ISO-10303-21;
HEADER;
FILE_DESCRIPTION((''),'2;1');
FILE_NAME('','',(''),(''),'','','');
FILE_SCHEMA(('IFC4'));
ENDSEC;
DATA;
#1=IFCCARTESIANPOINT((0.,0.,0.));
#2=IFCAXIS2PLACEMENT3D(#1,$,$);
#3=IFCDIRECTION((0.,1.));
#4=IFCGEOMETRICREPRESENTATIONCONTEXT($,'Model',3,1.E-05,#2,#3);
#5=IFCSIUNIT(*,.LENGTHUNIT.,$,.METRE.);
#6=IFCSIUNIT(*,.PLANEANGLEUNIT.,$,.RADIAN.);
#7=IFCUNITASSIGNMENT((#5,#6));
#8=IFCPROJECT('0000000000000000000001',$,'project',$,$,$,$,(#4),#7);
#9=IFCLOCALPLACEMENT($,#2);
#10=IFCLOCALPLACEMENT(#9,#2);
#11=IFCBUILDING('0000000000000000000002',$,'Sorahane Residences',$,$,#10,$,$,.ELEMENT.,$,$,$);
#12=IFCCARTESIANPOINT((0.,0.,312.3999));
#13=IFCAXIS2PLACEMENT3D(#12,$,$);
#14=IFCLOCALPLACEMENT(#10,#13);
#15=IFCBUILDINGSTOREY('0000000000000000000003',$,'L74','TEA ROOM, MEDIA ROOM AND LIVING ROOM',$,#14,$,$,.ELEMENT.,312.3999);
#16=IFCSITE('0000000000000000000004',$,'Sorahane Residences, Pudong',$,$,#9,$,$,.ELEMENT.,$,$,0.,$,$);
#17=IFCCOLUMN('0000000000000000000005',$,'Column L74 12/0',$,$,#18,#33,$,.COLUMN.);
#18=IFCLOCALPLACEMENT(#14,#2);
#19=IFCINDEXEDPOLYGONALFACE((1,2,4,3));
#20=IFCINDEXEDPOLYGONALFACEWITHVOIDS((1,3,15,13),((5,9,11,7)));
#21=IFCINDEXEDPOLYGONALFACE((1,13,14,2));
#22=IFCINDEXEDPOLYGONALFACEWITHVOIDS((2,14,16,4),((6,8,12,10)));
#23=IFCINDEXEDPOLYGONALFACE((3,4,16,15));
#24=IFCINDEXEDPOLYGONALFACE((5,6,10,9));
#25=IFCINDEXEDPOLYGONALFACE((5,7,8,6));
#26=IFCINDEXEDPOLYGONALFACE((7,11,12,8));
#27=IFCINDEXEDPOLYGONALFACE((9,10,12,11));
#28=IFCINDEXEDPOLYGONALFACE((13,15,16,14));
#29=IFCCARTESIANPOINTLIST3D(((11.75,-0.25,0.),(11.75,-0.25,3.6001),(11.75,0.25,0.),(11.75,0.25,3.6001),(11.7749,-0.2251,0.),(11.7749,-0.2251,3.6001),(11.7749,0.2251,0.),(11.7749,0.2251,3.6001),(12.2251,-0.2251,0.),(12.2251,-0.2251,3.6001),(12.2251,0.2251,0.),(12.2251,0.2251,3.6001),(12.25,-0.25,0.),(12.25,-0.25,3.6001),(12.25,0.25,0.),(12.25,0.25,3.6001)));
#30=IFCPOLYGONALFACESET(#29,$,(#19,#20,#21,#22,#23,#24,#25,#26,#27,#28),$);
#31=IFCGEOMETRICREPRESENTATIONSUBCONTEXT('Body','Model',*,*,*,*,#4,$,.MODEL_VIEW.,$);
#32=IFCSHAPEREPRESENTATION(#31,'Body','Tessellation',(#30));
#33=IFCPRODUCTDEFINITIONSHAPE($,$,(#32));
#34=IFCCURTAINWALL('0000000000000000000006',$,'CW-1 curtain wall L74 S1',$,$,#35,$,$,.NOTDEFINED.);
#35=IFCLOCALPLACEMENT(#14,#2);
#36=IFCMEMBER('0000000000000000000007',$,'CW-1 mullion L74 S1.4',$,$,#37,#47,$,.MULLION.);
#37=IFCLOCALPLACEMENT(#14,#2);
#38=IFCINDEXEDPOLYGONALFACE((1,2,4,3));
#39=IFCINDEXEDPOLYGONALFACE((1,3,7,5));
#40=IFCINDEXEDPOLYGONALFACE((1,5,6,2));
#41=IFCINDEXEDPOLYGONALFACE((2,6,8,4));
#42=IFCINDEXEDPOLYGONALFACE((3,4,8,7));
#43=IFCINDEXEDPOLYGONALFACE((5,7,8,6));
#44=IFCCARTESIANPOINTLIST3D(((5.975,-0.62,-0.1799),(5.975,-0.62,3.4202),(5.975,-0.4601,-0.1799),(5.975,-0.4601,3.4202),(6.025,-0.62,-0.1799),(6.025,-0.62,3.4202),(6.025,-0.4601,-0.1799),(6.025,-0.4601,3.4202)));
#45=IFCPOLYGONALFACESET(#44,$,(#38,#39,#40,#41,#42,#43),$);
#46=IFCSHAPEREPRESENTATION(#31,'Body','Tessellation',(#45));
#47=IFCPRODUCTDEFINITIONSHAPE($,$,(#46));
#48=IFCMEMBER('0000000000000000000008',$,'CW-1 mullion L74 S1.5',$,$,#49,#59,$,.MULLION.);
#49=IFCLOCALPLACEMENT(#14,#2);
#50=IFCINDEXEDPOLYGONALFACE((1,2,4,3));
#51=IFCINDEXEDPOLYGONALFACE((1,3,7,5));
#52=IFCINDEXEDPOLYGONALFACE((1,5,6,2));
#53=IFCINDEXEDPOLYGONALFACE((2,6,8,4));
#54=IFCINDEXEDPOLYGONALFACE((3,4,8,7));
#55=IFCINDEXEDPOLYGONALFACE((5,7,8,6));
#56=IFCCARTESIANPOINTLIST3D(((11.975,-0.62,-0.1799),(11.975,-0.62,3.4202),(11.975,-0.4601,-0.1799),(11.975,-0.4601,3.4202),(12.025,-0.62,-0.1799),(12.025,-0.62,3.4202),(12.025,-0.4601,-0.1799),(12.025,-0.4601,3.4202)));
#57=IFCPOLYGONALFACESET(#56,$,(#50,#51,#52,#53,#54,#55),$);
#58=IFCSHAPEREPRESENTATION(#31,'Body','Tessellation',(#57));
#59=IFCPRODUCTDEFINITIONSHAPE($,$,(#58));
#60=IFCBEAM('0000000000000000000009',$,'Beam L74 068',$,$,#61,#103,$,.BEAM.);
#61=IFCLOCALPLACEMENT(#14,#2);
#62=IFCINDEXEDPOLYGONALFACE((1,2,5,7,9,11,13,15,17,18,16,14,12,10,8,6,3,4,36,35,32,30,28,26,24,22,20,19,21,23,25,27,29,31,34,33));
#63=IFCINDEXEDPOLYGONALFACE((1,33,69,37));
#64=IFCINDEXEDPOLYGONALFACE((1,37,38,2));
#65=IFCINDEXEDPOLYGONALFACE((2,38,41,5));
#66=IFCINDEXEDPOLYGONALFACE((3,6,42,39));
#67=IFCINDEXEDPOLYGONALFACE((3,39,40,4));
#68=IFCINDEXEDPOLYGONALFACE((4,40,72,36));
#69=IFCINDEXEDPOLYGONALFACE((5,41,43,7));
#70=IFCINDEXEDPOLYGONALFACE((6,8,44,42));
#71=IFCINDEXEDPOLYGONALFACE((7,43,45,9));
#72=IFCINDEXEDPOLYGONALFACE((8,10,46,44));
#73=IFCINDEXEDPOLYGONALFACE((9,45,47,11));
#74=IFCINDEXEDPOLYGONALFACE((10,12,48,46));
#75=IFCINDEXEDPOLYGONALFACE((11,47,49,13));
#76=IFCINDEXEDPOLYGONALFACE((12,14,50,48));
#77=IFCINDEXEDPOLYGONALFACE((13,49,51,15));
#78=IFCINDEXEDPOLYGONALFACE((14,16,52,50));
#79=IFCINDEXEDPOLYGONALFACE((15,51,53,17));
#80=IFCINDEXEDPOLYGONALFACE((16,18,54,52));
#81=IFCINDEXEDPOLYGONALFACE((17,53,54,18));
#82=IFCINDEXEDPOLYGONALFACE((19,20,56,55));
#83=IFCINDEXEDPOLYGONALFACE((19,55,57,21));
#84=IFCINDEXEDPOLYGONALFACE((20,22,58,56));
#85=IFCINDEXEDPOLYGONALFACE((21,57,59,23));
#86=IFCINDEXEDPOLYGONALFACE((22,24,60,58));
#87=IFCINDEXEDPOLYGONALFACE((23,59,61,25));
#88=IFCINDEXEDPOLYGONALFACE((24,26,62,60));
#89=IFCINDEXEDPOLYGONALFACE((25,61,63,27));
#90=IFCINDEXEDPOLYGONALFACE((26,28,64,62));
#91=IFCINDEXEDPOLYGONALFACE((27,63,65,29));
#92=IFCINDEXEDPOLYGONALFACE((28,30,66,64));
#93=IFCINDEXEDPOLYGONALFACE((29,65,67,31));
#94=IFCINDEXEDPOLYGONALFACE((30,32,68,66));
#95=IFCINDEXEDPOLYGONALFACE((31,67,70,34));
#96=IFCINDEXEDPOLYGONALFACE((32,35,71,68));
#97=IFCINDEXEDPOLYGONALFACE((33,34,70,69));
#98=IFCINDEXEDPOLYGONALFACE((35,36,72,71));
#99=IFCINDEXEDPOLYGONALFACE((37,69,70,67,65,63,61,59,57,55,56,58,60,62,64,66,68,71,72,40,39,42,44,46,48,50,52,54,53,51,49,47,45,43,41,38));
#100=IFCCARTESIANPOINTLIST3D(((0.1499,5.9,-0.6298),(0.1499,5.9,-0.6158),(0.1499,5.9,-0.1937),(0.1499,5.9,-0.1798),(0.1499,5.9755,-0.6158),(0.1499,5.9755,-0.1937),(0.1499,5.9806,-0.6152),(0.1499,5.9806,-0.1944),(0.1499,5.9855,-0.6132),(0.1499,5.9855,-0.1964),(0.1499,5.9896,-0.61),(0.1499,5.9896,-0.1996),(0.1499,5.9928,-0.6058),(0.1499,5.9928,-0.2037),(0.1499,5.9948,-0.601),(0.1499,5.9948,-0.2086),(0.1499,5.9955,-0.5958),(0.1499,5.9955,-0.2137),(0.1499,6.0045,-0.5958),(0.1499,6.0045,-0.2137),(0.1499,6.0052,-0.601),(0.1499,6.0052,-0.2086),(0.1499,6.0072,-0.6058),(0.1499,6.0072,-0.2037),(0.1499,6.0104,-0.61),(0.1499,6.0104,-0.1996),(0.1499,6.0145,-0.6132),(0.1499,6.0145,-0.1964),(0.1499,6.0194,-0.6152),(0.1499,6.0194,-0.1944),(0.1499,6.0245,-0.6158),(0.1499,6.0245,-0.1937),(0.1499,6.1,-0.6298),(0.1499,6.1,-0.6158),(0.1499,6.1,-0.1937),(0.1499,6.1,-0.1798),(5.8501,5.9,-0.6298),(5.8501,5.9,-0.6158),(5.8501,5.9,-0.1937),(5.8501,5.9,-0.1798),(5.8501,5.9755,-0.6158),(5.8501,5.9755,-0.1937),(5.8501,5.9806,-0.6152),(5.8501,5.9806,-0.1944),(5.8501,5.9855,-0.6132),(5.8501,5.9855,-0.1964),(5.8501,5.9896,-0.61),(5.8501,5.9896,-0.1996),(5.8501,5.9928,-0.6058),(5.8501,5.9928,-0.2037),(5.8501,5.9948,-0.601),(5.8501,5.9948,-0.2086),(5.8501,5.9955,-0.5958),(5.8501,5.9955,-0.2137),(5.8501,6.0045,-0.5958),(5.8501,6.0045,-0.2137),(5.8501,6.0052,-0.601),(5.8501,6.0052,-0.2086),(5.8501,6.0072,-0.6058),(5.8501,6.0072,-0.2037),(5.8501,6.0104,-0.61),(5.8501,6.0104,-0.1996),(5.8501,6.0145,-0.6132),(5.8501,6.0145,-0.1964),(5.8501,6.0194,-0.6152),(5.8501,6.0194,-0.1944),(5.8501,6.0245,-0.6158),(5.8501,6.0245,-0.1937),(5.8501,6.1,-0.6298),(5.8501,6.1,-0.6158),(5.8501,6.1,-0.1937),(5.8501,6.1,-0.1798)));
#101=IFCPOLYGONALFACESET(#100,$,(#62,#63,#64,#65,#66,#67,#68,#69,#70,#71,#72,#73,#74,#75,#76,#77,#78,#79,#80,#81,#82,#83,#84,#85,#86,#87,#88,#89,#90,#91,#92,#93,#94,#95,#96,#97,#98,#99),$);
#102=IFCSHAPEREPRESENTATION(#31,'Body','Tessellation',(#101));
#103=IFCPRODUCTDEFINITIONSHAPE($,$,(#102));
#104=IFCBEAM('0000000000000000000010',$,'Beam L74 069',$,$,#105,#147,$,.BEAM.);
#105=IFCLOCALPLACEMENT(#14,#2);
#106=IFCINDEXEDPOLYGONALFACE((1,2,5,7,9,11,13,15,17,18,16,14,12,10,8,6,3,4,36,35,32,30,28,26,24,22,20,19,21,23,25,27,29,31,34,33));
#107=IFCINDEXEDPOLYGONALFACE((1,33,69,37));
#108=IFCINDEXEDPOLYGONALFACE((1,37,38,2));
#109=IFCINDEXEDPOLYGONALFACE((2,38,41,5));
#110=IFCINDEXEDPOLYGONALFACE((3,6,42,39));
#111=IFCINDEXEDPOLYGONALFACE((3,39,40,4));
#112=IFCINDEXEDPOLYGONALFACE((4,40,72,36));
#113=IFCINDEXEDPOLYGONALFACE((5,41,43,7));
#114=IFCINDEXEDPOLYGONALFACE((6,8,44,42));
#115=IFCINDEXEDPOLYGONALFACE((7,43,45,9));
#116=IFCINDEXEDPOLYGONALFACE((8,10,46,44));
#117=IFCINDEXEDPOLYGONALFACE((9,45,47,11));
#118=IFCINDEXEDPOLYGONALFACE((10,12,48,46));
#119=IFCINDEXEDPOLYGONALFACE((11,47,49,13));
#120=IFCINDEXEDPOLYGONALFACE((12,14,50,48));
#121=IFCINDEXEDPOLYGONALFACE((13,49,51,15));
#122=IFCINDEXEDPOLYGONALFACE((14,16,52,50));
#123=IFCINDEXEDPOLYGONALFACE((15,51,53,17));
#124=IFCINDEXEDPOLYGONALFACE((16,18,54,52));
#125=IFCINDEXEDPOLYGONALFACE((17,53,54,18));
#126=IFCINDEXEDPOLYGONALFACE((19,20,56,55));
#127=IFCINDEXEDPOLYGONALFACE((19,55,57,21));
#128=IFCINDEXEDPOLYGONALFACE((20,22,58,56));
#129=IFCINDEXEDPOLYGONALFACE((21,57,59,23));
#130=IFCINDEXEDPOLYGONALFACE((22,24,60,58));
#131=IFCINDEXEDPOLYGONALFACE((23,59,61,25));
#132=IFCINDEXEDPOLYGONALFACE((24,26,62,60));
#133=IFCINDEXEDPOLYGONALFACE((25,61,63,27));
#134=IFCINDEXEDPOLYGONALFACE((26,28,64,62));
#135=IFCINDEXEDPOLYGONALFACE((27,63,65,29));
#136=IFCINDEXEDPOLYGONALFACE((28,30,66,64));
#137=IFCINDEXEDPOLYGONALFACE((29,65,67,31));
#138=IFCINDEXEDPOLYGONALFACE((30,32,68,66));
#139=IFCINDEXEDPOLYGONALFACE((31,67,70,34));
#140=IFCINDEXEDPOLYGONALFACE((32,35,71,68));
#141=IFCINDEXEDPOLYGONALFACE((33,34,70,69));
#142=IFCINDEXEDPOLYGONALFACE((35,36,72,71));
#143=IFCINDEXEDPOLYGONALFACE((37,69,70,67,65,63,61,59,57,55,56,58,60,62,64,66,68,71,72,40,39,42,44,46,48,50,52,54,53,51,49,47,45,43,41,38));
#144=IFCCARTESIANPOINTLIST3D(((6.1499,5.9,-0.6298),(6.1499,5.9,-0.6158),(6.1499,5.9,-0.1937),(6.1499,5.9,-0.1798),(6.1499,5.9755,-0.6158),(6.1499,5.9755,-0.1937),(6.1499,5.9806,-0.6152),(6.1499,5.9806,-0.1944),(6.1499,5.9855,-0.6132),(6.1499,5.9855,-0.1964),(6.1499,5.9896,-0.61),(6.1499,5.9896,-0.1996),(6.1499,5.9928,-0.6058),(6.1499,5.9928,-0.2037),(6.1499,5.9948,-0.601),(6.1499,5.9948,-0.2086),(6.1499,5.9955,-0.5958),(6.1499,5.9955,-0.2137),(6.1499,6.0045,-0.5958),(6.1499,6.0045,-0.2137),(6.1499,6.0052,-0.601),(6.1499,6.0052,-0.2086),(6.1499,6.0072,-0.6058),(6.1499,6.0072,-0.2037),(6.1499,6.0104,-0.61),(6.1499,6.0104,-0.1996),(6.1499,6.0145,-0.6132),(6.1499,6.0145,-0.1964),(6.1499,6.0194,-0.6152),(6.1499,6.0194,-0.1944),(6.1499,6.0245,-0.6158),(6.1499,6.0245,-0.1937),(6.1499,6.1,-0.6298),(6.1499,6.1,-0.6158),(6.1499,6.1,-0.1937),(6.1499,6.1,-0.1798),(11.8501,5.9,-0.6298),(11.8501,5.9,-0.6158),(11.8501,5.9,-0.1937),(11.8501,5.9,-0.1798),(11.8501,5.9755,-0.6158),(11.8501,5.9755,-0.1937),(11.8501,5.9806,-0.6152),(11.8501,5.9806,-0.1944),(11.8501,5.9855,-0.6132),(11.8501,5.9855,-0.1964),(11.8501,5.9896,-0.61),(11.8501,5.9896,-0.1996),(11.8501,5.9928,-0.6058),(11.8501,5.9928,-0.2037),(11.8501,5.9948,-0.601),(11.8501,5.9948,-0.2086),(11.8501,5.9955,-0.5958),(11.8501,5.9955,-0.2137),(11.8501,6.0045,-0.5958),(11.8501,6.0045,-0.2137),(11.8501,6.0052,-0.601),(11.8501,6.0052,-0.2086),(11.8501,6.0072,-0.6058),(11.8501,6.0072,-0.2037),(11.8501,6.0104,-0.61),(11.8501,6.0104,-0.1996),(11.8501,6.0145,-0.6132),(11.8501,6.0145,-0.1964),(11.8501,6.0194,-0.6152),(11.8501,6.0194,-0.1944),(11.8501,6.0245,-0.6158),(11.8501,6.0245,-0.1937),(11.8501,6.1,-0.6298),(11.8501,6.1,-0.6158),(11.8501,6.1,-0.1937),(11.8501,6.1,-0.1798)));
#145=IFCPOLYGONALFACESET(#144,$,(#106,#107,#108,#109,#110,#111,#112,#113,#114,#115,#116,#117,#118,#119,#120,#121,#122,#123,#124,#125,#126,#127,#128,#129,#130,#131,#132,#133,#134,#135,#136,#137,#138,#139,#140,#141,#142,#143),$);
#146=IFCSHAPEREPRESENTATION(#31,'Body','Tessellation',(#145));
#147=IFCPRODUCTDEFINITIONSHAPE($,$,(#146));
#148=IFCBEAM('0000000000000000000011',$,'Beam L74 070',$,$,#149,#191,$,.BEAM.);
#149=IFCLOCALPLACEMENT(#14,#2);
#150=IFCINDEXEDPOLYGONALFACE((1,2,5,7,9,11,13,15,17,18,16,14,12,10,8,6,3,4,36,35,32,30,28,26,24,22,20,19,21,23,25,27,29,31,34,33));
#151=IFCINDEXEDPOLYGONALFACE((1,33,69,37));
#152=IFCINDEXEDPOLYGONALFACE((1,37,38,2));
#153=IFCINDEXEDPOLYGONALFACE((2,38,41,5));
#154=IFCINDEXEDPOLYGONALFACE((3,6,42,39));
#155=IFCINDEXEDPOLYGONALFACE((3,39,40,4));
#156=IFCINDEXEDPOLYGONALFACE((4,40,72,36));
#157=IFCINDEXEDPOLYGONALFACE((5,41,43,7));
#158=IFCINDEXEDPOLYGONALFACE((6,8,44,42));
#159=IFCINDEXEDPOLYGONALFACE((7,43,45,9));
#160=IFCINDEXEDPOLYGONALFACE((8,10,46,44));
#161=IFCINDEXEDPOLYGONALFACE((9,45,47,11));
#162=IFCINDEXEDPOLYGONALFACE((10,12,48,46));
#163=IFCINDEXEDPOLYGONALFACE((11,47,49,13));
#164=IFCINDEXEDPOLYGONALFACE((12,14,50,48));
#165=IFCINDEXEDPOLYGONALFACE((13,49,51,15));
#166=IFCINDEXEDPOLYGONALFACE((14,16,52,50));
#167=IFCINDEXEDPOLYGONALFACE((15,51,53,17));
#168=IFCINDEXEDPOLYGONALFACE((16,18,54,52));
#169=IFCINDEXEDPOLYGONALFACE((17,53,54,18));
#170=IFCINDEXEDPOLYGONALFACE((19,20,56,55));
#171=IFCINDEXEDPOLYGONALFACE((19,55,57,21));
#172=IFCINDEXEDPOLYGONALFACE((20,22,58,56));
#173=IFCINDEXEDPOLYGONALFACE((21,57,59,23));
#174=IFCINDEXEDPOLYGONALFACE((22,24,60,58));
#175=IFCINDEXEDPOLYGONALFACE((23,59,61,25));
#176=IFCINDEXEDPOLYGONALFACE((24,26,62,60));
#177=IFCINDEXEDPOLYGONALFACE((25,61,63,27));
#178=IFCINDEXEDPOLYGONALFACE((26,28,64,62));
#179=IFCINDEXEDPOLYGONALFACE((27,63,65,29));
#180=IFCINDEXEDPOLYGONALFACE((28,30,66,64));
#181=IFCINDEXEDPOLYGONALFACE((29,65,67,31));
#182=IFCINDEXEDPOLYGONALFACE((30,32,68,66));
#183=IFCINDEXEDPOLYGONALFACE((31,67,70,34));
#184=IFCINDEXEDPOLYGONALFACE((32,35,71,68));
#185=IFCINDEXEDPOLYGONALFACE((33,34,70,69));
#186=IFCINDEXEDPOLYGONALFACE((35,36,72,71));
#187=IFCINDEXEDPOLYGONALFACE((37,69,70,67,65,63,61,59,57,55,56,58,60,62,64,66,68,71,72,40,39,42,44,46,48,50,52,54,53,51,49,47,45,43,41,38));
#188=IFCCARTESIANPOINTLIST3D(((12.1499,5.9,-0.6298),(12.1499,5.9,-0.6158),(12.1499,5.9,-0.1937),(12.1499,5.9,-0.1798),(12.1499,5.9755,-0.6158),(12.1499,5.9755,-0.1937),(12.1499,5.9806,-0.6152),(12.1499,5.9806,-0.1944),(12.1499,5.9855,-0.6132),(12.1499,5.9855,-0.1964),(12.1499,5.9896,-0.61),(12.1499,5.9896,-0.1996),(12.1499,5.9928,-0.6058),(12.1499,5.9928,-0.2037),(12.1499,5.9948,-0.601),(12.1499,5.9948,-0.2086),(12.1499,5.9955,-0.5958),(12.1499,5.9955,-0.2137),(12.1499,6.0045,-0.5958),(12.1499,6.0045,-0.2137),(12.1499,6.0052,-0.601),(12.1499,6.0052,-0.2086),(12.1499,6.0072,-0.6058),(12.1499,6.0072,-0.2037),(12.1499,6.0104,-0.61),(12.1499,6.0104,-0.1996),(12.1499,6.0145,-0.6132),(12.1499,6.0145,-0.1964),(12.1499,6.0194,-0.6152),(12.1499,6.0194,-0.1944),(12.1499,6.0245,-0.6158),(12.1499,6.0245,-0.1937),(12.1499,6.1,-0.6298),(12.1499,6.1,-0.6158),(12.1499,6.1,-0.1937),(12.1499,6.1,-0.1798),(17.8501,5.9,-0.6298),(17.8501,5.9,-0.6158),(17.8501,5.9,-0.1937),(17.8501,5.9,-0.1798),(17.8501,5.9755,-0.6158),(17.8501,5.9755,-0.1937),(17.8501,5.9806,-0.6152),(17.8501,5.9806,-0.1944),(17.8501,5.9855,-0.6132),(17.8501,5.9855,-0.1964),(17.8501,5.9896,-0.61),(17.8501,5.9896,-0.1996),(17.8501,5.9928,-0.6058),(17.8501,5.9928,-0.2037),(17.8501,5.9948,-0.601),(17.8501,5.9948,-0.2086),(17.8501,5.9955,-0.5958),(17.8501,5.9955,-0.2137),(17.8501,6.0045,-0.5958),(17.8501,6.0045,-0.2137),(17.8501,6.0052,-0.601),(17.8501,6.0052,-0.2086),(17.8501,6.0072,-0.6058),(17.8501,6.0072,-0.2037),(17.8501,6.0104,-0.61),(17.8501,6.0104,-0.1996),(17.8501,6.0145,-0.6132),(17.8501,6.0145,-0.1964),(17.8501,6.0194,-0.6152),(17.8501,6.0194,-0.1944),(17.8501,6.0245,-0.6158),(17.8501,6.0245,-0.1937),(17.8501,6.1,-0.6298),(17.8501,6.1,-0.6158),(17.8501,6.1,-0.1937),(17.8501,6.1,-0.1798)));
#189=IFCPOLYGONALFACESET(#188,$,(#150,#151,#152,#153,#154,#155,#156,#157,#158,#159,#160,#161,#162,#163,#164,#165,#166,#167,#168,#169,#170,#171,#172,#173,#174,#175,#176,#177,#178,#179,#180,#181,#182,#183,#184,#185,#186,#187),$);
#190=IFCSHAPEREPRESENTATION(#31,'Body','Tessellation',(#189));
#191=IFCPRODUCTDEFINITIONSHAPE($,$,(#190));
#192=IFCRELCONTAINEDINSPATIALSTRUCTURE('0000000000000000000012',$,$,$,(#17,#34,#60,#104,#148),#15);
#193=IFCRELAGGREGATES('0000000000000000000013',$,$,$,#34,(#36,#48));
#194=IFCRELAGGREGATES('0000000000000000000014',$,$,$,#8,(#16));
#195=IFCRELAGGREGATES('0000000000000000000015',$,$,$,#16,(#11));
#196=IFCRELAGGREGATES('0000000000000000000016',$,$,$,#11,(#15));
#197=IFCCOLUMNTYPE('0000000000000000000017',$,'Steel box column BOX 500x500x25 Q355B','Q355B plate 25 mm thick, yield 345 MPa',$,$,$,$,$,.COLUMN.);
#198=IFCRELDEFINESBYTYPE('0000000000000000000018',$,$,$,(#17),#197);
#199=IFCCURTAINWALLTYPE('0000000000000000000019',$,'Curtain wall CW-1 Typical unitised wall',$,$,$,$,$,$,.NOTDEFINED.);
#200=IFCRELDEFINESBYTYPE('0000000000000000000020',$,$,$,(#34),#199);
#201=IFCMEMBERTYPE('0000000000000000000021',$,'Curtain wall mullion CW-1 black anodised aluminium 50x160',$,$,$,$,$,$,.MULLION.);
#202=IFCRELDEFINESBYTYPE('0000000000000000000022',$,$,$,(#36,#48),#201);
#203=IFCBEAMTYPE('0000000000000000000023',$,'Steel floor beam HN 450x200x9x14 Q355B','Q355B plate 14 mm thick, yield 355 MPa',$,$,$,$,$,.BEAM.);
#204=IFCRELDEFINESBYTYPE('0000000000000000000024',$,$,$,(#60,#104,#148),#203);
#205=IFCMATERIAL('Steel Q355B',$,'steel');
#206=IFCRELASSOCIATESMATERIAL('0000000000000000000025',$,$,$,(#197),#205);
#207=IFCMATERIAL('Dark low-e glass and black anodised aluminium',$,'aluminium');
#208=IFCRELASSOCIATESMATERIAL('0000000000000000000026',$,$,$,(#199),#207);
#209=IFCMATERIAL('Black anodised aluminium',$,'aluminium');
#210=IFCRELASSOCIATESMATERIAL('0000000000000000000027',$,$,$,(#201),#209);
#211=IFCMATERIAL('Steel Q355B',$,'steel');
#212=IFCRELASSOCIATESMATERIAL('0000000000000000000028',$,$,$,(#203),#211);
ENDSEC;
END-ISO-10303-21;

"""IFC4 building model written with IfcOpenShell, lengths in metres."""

from ifc_helpers import new_model, si_unit, direction, frame, origin, origin_2d, place, context, subcontext, project, spatial, rectangle, hollow_rectangle, i_section, extrude, material, material_profile, profile_set, type_object, element, aggregate, save


model = new_model("IFC4")

# Units and contexts
model_context = context("Model", 3, precision=1e-05, world=origin(), true_north=direction((0.0, 1.0)))
body_context = subcontext(model_context, "Body", "Model", "MODEL_VIEW")
ifc_project = project(units=[si_unit("LENGTHUNIT", "METRE"), si_unit("PLANEANGLEUNIT", "RADIAN")], contexts=[model_context])

# Site, building, storey
site_placement = place(None, origin())
site = spatial("IfcSite", under=ifc_project, at=site_placement, Name="Sorahane Residences, Pudong", CompositionType="ELEMENT", RefElevation=0.0)
building_placement = place(site_placement, origin())
building = spatial("IfcBuilding", under=site, at=building_placement, Name="Sorahane Residences", CompositionType="ELEMENT")
storey_placement = place(building_placement, frame((0.0, 0.0, 312.3999)))
storey = spatial("IfcBuildingStorey", under=building, at=storey_placement, Name="L74", Description="TEA ROOM, MEDIA ROOM AND LIVING ROOM", CompositionType="ELEMENT", Elevation=312.3999)

# Column
ifc_material_1 = material(Name="Steel Q355B", Category="steel")
ifc_material_profile_1 = material_profile(ifc_material_1, hollow_rectangle(XDim=0.5, YDim=0.5, WallThickness=0.0249, at=origin_2d()), Name="BOX 500x500x25")
ifc_profile_set_1 = profile_set([ifc_material_profile_1], Name="Steel Q355B")
column_type = type_object("IfcColumnType", Name="Steel box column BOX 500x500x25 Q355B", Description="Q355B plate 25 mm thick, yield 345 MPa", PredefinedType="COLUMN", material=ifc_profile_set_1)
column_placement = place(storey_placement, frame((12.0, 0.0, 0.0), z_axis=(0.0, 0.0, 1.0), x_axis=(1.0, 0.0, 0.0)))
element("IfcColumn", 1, at=column_placement, inside=storey, type_object=column_type, Name="Column L74 12/0", PredefinedType="COLUMN", context=body_context, shape_type="SweptSolid", body=[
    extrude(hollow_rectangle(XDim=0.5, YDim=0.5, WallThickness=0.0249, at=origin_2d()), origin(), (0.0, 0.0, 1.0), 3.6001),
])

# Curtain wall, members
ifc_material_2 = material(Name="Dark low-e glass and black anodised aluminium", Category="aluminium")
curtain_wall_type = type_object("IfcCurtainWallType", Name="Curtain wall CW-1 Typical unitised wall", PredefinedType="NOTDEFINED", material=ifc_material_2)
curtain_wall_placement = place(storey_placement, origin())
curtain_wall = element("IfcCurtainWall", 2, at=curtain_wall_placement, inside=storey, type_object=curtain_wall_type, Name="CW-1 curtain wall L74 S1", PredefinedType="NOTDEFINED")
ifc_material_3 = material(Name="Black anodised aluminium", Category="aluminium")
ifc_material_profile_2 = material_profile(ifc_material_3, rectangle(XDim=0.1599, YDim=0.05, at=origin_2d()), Name="Curtain wall mullion CW-1 black anodised aluminium 50x160")
ifc_profile_set_2 = profile_set([ifc_material_profile_2], Name="Black anodised aluminium")
member_type = type_object("IfcMemberType", Name="Curtain wall mullion CW-1 black anodised aluminium 50x160", PredefinedType="MULLION", material=ifc_profile_set_2)
member_1_placement = place(storey_placement, frame((6.0, -0.54, -0.1799), z_axis=(0.0, 0.0, 1.0), x_axis=(0.0, -1.0, 0.0)))
member_1 = element("IfcMember", 3, at=member_1_placement, type_object=member_type, Name="CW-1 mullion L74 S1.4", PredefinedType="MULLION", context=body_context, shape_type="SweptSolid", body=[
    extrude(rectangle(XDim=0.1599, YDim=0.05, at=origin_2d()), origin(), (0.0, 0.0, 1.0), 3.6001),
])
member_2_placement = place(storey_placement, frame((12.0, -0.54, -0.1799), z_axis=(0.0, 0.0, 1.0), x_axis=(0.0, -1.0, 0.0)))
member_2 = element("IfcMember", 4, at=member_2_placement, type_object=member_type, Name="CW-1 mullion L74 S1.5", PredefinedType="MULLION", context=body_context, shape_type="SweptSolid", body=[
    extrude(rectangle(XDim=0.1599, YDim=0.05, at=origin_2d()), origin(), (0.0, 0.0, 1.0), 3.6001),
])

# Beams
ifc_material_4 = material(Name="Steel Q355B", Category="steel")
ifc_material_profile_3 = material_profile(ifc_material_4, i_section(OverallWidth=0.2, OverallDepth=0.45, WebThickness=0.009, FlangeThickness=0.0139, FilletRadius=0.02, at=origin_2d()), Name="HN 450x200x9x14")
ifc_profile_set_3 = profile_set([ifc_material_profile_3], Name="Steel Q355B")
beam_type_1 = type_object("IfcBeamType", Name="Steel floor beam HN 450x200x9x14 Q355B", Description="Q355B plate 14 mm thick, yield 355 MPa", PredefinedType="BEAM", material=ifc_profile_set_3)
for number, where, z_axis, x_axis, name in (
    (5, (0.1499, 6.0, -0.4048), (1.0, 0.0, 0.0), (0.0, 1.0, 0.0), "Beam L74 068"),
    (6, (6.1499, 6.0, -0.4048), (1.0, 0.0, 0.0), (0.0, 1.0, 0.0), "Beam L74 069"),
    (7, (12.1499, 6.0, -0.4048), (1.0, 0.0, 0.0), (0.0, 1.0, 0.0), "Beam L74 070"),
):
    element("IfcBeam", number, at=place(storey_placement, frame(where, z_axis=z_axis, x_axis=x_axis)), inside=storey, type_object=beam_type_1, Name=name, PredefinedType="BEAM", context=body_context, shape_type="SweptSolid", body=[
        extrude(i_section(OverallWidth=0.2, OverallDepth=0.45, WebThickness=0.009, FlangeThickness=0.0139, FilletRadius=0.02, at=origin_2d()), origin(), (0.0, 0.0, 1.0), 5.7002),
    ])

aggregate(curtain_wall, [member_1, member_2])

save(model, "model.ifc")
